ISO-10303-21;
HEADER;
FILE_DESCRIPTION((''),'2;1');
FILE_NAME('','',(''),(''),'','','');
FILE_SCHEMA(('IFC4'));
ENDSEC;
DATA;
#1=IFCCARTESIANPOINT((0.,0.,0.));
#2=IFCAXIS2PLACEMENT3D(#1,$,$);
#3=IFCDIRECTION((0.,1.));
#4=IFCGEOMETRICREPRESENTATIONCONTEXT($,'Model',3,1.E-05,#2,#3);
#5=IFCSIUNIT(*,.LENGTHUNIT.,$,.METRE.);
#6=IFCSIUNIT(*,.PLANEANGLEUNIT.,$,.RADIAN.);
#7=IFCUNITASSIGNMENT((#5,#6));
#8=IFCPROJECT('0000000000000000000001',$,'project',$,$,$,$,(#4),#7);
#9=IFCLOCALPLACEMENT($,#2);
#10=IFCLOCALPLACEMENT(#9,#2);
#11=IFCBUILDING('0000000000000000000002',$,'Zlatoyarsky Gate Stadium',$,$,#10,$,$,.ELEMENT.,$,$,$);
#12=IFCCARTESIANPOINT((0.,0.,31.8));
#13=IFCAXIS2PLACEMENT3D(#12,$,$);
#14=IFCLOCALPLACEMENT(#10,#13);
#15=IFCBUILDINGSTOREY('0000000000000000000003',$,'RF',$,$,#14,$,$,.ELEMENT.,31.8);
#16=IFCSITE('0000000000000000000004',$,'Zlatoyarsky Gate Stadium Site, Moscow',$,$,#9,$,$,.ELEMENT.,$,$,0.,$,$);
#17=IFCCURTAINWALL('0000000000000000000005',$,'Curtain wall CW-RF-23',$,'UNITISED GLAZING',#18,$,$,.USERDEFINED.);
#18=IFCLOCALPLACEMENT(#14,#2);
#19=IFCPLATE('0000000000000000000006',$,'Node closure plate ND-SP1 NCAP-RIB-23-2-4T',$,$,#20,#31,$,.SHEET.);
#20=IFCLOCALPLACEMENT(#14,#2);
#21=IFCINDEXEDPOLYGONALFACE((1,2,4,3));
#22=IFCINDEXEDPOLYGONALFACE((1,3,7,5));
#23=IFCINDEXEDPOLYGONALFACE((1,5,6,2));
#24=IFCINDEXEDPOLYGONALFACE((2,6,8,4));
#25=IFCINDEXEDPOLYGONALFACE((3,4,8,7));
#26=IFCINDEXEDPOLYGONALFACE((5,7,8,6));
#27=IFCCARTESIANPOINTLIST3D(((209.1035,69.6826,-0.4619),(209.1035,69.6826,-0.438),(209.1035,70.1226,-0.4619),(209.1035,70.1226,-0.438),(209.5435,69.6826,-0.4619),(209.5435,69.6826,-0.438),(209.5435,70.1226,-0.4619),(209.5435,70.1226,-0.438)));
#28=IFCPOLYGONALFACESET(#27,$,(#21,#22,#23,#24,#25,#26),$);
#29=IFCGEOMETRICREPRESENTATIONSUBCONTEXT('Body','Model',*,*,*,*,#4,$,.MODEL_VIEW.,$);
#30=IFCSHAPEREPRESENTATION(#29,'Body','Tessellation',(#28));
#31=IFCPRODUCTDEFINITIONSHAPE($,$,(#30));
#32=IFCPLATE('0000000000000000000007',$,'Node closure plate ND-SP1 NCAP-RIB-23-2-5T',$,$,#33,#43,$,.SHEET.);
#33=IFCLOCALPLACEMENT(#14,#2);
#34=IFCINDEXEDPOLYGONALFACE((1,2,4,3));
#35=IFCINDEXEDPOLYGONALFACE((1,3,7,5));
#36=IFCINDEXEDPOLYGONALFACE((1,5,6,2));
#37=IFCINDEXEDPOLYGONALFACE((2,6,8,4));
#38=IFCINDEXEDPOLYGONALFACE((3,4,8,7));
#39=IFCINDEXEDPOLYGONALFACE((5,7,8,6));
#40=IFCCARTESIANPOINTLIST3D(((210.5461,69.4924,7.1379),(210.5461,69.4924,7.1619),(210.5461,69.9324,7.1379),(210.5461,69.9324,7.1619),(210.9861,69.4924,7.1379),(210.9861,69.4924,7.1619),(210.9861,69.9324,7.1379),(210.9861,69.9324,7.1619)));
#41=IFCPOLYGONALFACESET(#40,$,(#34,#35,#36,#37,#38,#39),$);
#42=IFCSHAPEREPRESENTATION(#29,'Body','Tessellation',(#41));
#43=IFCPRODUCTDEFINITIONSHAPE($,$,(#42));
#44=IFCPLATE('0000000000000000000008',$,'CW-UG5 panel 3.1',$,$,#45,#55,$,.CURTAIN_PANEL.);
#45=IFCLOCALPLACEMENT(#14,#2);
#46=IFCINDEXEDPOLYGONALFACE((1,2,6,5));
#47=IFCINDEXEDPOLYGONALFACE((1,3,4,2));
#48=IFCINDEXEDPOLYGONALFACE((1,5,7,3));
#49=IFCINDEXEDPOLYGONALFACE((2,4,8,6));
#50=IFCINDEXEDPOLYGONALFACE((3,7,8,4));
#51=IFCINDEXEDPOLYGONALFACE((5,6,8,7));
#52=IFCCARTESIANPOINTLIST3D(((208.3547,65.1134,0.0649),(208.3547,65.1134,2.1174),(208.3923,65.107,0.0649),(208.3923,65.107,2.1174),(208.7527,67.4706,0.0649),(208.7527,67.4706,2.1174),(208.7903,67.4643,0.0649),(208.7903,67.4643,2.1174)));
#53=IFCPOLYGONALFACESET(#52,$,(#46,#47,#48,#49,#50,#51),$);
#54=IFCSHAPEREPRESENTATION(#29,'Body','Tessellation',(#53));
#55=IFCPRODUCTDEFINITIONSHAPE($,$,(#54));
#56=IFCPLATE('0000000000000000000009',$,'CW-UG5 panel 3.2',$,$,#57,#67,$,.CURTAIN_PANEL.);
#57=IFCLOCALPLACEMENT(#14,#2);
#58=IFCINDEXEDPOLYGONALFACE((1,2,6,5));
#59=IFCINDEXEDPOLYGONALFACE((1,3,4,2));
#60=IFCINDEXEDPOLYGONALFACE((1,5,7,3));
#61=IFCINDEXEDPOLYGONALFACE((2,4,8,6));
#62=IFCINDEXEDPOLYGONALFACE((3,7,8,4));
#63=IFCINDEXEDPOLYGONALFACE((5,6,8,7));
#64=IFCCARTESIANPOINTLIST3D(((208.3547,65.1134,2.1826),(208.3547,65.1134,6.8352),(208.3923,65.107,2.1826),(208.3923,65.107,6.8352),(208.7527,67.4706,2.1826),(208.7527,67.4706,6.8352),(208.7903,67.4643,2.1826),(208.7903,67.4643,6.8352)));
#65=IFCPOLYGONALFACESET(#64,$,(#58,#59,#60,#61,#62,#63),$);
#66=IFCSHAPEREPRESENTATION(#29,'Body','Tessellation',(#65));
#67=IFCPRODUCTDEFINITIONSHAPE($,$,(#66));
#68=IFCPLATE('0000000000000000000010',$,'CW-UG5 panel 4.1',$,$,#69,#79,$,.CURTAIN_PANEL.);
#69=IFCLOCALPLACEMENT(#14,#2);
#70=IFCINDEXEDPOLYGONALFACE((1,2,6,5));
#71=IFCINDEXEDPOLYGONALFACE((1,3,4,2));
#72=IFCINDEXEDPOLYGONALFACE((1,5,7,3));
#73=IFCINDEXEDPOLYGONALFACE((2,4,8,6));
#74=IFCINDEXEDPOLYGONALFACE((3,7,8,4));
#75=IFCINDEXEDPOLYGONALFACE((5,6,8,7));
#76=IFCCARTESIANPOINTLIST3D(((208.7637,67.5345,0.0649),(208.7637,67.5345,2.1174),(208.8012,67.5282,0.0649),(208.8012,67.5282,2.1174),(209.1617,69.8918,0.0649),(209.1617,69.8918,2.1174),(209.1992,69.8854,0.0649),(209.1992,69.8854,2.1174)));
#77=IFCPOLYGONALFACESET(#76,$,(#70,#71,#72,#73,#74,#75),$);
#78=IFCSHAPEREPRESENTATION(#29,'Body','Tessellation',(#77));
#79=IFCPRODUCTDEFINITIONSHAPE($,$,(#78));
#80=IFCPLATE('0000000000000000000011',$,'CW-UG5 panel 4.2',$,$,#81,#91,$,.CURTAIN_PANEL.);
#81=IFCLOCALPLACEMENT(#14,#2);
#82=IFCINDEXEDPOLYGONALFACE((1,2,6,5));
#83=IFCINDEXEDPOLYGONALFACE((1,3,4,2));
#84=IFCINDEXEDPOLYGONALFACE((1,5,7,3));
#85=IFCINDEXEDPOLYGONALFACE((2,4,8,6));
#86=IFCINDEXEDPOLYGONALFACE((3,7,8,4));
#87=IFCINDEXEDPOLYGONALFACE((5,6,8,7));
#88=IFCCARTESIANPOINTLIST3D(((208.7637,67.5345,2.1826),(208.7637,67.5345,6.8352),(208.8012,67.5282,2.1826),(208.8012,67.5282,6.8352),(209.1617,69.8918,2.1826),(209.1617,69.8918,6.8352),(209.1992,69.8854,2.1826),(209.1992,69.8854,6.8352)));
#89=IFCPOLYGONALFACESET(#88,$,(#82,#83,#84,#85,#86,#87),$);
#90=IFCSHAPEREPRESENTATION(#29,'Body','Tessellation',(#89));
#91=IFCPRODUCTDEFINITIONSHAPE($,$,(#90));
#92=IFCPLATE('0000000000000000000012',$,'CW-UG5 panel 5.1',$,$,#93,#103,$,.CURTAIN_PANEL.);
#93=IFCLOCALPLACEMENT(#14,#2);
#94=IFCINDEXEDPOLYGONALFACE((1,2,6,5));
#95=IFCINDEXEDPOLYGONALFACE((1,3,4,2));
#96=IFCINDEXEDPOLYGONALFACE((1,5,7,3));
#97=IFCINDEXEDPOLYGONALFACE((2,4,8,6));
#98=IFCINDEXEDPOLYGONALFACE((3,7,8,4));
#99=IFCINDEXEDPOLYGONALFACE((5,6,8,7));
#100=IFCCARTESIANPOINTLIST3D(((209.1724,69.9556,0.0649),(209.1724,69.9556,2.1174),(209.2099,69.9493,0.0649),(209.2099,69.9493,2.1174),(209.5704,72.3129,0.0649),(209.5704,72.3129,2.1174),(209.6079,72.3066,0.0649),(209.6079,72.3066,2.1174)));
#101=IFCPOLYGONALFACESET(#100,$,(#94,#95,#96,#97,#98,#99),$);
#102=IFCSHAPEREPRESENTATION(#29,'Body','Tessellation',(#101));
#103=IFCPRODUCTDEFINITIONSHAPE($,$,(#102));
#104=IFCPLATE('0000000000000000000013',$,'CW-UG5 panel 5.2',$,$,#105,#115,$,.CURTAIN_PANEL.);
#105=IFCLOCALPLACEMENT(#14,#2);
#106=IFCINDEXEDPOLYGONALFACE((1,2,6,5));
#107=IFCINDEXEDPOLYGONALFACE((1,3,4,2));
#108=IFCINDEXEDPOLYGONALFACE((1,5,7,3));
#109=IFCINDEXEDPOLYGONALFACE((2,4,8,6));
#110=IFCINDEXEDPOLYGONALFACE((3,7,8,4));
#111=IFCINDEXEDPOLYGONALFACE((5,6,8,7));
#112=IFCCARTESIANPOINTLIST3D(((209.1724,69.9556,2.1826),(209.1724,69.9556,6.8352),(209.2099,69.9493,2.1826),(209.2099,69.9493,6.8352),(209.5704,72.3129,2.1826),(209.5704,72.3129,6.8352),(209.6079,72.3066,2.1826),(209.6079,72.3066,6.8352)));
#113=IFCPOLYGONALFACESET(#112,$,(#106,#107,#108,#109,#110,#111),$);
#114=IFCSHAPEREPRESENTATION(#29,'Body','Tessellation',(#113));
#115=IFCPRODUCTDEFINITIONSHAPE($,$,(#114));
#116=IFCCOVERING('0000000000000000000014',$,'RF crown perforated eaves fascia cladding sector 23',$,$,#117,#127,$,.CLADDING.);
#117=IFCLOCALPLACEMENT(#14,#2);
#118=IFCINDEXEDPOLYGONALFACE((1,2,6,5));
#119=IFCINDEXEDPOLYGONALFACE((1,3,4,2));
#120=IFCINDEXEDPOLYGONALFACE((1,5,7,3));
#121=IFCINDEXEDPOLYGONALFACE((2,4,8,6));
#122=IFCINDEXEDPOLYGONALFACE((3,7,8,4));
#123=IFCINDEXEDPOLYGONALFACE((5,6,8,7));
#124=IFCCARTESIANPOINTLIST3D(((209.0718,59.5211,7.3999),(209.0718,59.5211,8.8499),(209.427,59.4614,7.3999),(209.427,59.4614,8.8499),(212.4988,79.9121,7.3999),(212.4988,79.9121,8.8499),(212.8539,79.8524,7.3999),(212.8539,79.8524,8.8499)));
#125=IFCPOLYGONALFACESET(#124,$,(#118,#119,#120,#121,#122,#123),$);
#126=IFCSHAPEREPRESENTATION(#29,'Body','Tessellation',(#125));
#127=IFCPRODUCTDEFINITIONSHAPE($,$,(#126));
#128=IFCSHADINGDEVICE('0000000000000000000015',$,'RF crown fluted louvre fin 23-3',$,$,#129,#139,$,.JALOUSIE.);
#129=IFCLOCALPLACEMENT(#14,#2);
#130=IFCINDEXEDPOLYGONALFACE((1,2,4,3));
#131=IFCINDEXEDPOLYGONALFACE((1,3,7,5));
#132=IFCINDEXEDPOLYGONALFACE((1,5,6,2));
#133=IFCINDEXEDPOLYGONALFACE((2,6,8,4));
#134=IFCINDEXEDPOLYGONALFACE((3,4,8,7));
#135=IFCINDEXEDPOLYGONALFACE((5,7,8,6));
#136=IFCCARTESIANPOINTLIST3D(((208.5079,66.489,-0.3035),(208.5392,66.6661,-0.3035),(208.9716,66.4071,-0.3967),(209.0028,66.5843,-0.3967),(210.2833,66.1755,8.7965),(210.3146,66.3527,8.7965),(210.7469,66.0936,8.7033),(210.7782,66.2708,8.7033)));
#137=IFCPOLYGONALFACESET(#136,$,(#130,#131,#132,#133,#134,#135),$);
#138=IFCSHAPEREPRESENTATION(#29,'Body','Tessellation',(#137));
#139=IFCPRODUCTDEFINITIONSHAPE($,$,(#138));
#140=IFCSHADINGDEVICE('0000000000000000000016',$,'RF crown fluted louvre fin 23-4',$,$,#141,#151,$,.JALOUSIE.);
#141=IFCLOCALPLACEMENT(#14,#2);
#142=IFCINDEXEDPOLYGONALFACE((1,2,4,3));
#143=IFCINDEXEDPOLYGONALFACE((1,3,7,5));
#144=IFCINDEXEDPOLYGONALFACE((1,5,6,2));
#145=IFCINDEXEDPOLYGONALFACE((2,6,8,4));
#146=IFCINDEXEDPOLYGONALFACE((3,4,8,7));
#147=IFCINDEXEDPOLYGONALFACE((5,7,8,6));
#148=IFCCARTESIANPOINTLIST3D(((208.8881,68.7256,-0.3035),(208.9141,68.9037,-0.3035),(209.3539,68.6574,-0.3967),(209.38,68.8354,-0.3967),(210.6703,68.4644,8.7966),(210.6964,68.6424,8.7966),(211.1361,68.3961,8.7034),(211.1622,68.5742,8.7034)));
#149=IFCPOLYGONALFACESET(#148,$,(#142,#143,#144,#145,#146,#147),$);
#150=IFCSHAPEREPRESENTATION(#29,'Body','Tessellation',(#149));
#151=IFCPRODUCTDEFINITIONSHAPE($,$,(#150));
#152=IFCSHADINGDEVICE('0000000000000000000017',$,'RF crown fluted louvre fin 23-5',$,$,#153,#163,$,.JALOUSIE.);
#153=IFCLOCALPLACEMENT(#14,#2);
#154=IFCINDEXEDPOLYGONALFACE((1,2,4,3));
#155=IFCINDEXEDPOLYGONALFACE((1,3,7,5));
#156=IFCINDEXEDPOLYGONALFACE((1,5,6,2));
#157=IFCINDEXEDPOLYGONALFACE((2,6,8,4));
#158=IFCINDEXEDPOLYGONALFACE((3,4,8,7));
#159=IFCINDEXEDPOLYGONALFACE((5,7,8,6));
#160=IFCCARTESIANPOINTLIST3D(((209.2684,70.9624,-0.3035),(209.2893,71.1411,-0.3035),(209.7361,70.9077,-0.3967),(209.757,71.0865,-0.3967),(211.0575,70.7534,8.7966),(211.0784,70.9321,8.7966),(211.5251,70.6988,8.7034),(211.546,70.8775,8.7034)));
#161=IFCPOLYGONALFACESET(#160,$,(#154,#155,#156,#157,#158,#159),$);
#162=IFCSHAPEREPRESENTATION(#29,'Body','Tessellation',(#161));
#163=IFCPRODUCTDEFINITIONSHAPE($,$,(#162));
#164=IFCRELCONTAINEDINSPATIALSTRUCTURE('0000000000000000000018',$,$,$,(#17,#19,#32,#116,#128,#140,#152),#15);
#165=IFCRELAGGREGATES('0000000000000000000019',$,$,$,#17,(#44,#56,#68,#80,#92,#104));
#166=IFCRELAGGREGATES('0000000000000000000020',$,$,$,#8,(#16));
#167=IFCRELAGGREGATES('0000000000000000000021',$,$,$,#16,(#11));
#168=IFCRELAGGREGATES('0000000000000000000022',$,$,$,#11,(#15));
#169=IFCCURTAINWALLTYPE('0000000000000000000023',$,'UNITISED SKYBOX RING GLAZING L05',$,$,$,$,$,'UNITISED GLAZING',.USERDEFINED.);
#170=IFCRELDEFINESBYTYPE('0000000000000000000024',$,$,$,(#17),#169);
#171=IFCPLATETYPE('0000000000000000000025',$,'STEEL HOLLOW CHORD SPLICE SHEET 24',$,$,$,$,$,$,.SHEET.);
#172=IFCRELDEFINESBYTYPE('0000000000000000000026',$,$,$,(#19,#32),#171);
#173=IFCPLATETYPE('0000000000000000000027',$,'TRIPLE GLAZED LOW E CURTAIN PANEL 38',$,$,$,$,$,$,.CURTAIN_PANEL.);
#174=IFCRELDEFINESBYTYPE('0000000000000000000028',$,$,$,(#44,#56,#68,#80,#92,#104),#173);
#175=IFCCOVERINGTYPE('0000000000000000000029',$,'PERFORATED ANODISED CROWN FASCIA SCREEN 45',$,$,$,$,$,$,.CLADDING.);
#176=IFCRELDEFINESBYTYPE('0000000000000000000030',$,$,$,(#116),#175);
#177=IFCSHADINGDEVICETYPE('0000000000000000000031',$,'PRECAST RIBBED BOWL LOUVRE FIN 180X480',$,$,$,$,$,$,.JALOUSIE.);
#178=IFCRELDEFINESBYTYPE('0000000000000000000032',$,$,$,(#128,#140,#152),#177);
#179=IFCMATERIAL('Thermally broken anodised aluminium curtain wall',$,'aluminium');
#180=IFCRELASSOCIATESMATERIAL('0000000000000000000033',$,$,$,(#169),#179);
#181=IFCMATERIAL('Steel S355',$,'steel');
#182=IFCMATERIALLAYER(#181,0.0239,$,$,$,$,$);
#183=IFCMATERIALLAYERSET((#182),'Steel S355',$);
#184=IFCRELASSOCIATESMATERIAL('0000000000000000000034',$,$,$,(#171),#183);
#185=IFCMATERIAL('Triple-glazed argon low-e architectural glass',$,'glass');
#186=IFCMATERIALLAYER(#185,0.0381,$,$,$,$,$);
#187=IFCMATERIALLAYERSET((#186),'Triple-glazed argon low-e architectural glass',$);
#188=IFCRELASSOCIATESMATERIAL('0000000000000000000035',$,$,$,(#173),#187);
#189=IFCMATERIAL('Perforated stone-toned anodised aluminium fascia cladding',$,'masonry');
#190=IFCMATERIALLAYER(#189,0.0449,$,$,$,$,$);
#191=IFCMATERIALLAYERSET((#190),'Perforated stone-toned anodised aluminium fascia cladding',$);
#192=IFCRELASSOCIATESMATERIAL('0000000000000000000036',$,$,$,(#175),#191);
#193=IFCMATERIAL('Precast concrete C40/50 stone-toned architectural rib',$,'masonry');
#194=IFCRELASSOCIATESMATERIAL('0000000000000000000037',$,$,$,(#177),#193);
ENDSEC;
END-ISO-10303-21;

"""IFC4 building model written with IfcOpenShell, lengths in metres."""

from ifc_helpers import new_model, si_unit, direction, frame, origin, origin_2d, place, context, subcontext, project, spatial, rectangle, extrude, material, layer, layer_set, material_profile, profile_set, type_object, element, aggregate, save


model = new_model("IFC4")

# Units and contexts
model_context = context("Model", 3, precision=1e-05, world=origin(), true_north=direction((0.0, 1.0)))
body_context = subcontext(model_context, "Body", "Model", "MODEL_VIEW")
ifc_project = project(units=[si_unit("LENGTHUNIT", "METRE"), si_unit("PLANEANGLEUNIT", "RADIAN")], contexts=[model_context])

# Site, building, storey
site_placement = place(None, origin())
site = spatial("IfcSite", under=ifc_project, at=site_placement, Name="Zlatoyarsky Gate Stadium Site, Moscow", CompositionType="ELEMENT", RefElevation=0.0)
building_placement = place(site_placement, origin())
building = spatial("IfcBuilding", under=site, at=building_placement, Name="Zlatoyarsky Gate Stadium", CompositionType="ELEMENT")
storey_placement = place(building_placement, frame((0.0, 0.0, 31.8)))
storey = spatial("IfcBuildingStorey", under=building, at=storey_placement, Name="RF", CompositionType="ELEMENT", Elevation=31.8)

# Curtain wall
ifc_material_1 = material(Name="Thermally broken anodised aluminium curtain wall", Category="aluminium")
curtain_wall_type = type_object("IfcCurtainWallType", Name="UNITISED SKYBOX RING GLAZING L05", ElementType="UNITISED GLAZING", PredefinedType="USERDEFINED", material=ifc_material_1)
curtain_wall_placement = place(storey_placement, origin())
curtain_wall = element("IfcCurtainWall", 1, at=curtain_wall_placement, inside=storey, type_object=curtain_wall_type, Name="Curtain wall CW-RF-23", ObjectType="UNITISED GLAZING", PredefinedType="USERDEFINED")

# Shared definitions
ifc_material_2 = material(Name="Steel S355", Category="steel")

# Plates
ifc_layer_1 = layer(ifc_material_2, 0.0239)
ifc_layer_set_1 = layer_set([ifc_layer_1], Name="Steel S355")
plate_type_1 = type_object("IfcPlateType", Name="STEEL HOLLOW CHORD SPLICE SHEET 24", PredefinedType="SHEET", material=ifc_layer_set_1)
for number, where, z_axis, x_axis, name in (
    (2, (209.3235, 69.9026, -0.4619), (0.0, 0.0, 1.0), (1.0, 0.0, 0.0), "Node closure plate ND-SP1 NCAP-RIB-23-2-4T"),
    (3, (210.7661, 69.7124, 7.1379), (0.0, 0.0, 1.0), (1.0, 0.0, 0.0), "Node closure plate ND-SP1 NCAP-RIB-23-2-5T"),
):
    element("IfcPlate", number, at=place(storey_placement, frame(where, z_axis=z_axis, x_axis=x_axis)), inside=storey, type_object=plate_type_1, Name=name, PredefinedType="SHEET", context=body_context, shape_type="SweptSolid", body=[
        extrude(rectangle(XDim=0.4399, YDim=0.4399, at=origin_2d()), origin(), (0.0, 0.0, 1.0), 0.0239),
    ])

# Plates
ifc_material_3 = material(Name="Triple-glazed argon low-e architectural glass", Category="glass")
ifc_layer_2 = layer(ifc_material_3, 0.0381)
ifc_layer_set_2 = layer_set([ifc_layer_2], Name="Triple-glazed argon low-e architectural glass")
plate_type_2 = type_object("IfcPlateType", Name="TRIPLE GLAZED LOW E CURTAIN PANEL 38", PredefinedType="CURTAIN_PANEL", material=ifc_layer_set_2)
plate_1_placement = place(storey_placement, frame((208.5725, 66.2888, 0.0649), z_axis=(0.0, 0.0, 1.0), x_axis=(0.166482, 0.986044, 0.0)))
plate_1 = element("IfcPlate", 4, at=plate_1_placement, type_object=plate_type_2, Name="CW-UG5 panel 3.1", PredefinedType="CURTAIN_PANEL", context=body_context, shape_type="SweptSolid", body=[
    extrude(rectangle(XDim=2.3906, YDim=0.0381, at=origin_2d()), origin(), (0.0, 0.0, 1.0), 2.0525),
])
plate_2_placement = place(storey_placement, frame((208.5725, 66.2888, 2.1826), z_axis=(0.0, 0.0, 1.0), x_axis=(0.166482, 0.986044, 0.0)))
plate_2 = element("IfcPlate", 5, at=plate_2_placement, type_object=plate_type_2, Name="CW-UG5 panel 3.2", PredefinedType="CURTAIN_PANEL", context=body_context, shape_type="SweptSolid", body=[
    extrude(rectangle(XDim=2.3906, YDim=0.0381, at=origin_2d()), origin(), (0.0, 0.0, 1.0), 4.6526),
])
plate_3_placement = place(storey_placement, frame((208.9814, 68.71, 0.0649), z_axis=(0.0, 0.0, 1.0), x_axis=(0.166482, 0.986044, 0.0)))
plate_3 = element("IfcPlate", 6, at=plate_3_placement, type_object=plate_type_2, Name="CW-UG5 panel 4.1", PredefinedType="CURTAIN_PANEL", context=body_context, shape_type="SweptSolid", body=[
    extrude(rectangle(XDim=2.3906, YDim=0.0381, at=origin_2d()), origin(), (0.0, 0.0, 1.0), 2.0525),
])
plate_4_placement = place(storey_placement, frame((208.9814, 68.71, 2.1826), z_axis=(0.0, 0.0, 1.0), x_axis=(0.166482, 0.986044, 0.0)))
plate_4 = element("IfcPlate", 7, at=plate_4_placement, type_object=plate_type_2, Name="CW-UG5 panel 4.2", PredefinedType="CURTAIN_PANEL", context=body_context, shape_type="SweptSolid", body=[
    extrude(rectangle(XDim=2.3906, YDim=0.0381, at=origin_2d()), origin(), (0.0, 0.0, 1.0), 4.6526),
])
plate_5_placement = place(storey_placement, frame((209.3901, 71.1311, 0.0649), z_axis=(0.0, 0.0, 1.0), x_axis=(0.166482, 0.986044, 0.0)))
plate_5 = element("IfcPlate", 8, at=plate_5_placement, type_object=plate_type_2, Name="CW-UG5 panel 5.1", PredefinedType="CURTAIN_PANEL", context=body_context, shape_type="SweptSolid", body=[
    extrude(rectangle(XDim=2.3906, YDim=0.0381, at=origin_2d()), origin(), (0.0, 0.0, 1.0), 2.0525),
])
plate_6_placement = place(storey_placement, frame((209.3901, 71.1311, 2.1826), z_axis=(0.0, 0.0, 1.0), x_axis=(0.166482, 0.986044, 0.0)))
plate_6 = element("IfcPlate", 9, at=plate_6_placement, type_object=plate_type_2, Name="CW-UG5 panel 5.2", PredefinedType="CURTAIN_PANEL", context=body_context, shape_type="SweptSolid", body=[
    extrude(rectangle(XDim=2.3906, YDim=0.0381, at=origin_2d()), origin(), (0.0, 0.0, 1.0), 4.6526),
])
aggregate(curtain_wall, [plate_1, plate_2, plate_3, plate_4, plate_5, plate_6])

# Covering
ifc_material_4 = material(Name="Perforated stone-toned anodised aluminium fascia cladding", Category="masonry")
ifc_layer_3 = layer(ifc_material_4, 0.0449)
ifc_layer_set_3 = layer_set([ifc_layer_3], Name="Perforated stone-toned anodised aluminium fascia cladding")
covering_type = type_object("IfcCoveringType", Name="PERFORATED ANODISED CROWN FASCIA SCREEN 45", PredefinedType="CLADDING", material=ifc_layer_set_3)
covering_placement = place(storey_placement, frame((210.9629, 69.6868, 7.3999), z_axis=(0.0, 0.0, 1.0), x_axis=(0.165738, 0.98617, 0.0)))
element("IfcCovering", 10, at=covering_placement, inside=storey, type_object=covering_type, Name="RF crown perforated eaves fascia cladding sector 23", PredefinedType="CLADDING", context=body_context, shape_type="SweptSolid", body=[
    extrude(rectangle(XDim=20.677, YDim=0.3601, at=origin_2d()), origin(), (0.0, 0.0, 1.0), 1.45),
])

# Shading devices
ifc_material_5 = material(Name="Precast concrete C40/50 stone-toned architectural rib", Category="masonry")
ifc_material_profile_1 = material_profile(ifc_material_5, rectangle(XDim=0.1799, YDim=0.48, at=origin_2d()), Name="RIB 180X480")
ifc_profile_set_1 = profile_set([ifc_material_profile_1], Name="Precast concrete C40/50 stone-toned architectural rib")
shading_device_type = type_object("IfcShadingDeviceType", Name="PRECAST RIBBED BOWL LOUVRE FIN 180X480", PredefinedType="JALOUSIE", material=ifc_profile_set_1)
shading_device_placement = place(storey_placement, frame((208.7554, 66.5366, -0.3501), z_axis=(0.191376, -0.033791, 0.980935), x_axis=(0.173878, 0.984767, 0.0)))
element("IfcShadingDevice", 11, at=shading_device_placement, inside=storey, type_object=shading_device_type, Name="RF crown fluted louvre fin 23-3", PredefinedType="JALOUSIE", context=body_context, shape_type="SweptSolid", body=[
    extrude(rectangle(XDim=0.1799, YDim=0.48, at=origin_2d()), origin(), (0.0, 0.0, 1.0), 9.2769),
])
for number, where, z_axis, x_axis, name in (
    (12, (209.134, 68.7805, -0.3501), (0.19212, -0.02816, 0.980967), (0.145026, 0.989428, 0.0), "RF crown fluted louvre fin 23-4"),
    (13, (209.5127, 71.0244, -0.3501), (0.192857, -0.022528, 0.980968), (0.116023, 0.993246, 0.0), "RF crown fluted louvre fin 23-5"),
):
    element("IfcShadingDevice", number, at=place(storey_placement, frame(where, z_axis=z_axis, x_axis=x_axis)), inside=storey, type_object=shading_device_type, Name=name, PredefinedType="JALOUSIE", context=body_context, shape_type="SweptSolid", body=[
        extrude(rectangle(XDim=0.1799, YDim=0.48, at=origin_2d()), origin(), (0.0, 0.0, 1.0), 9.2766),
    ])

save(model, "model.ifc")
